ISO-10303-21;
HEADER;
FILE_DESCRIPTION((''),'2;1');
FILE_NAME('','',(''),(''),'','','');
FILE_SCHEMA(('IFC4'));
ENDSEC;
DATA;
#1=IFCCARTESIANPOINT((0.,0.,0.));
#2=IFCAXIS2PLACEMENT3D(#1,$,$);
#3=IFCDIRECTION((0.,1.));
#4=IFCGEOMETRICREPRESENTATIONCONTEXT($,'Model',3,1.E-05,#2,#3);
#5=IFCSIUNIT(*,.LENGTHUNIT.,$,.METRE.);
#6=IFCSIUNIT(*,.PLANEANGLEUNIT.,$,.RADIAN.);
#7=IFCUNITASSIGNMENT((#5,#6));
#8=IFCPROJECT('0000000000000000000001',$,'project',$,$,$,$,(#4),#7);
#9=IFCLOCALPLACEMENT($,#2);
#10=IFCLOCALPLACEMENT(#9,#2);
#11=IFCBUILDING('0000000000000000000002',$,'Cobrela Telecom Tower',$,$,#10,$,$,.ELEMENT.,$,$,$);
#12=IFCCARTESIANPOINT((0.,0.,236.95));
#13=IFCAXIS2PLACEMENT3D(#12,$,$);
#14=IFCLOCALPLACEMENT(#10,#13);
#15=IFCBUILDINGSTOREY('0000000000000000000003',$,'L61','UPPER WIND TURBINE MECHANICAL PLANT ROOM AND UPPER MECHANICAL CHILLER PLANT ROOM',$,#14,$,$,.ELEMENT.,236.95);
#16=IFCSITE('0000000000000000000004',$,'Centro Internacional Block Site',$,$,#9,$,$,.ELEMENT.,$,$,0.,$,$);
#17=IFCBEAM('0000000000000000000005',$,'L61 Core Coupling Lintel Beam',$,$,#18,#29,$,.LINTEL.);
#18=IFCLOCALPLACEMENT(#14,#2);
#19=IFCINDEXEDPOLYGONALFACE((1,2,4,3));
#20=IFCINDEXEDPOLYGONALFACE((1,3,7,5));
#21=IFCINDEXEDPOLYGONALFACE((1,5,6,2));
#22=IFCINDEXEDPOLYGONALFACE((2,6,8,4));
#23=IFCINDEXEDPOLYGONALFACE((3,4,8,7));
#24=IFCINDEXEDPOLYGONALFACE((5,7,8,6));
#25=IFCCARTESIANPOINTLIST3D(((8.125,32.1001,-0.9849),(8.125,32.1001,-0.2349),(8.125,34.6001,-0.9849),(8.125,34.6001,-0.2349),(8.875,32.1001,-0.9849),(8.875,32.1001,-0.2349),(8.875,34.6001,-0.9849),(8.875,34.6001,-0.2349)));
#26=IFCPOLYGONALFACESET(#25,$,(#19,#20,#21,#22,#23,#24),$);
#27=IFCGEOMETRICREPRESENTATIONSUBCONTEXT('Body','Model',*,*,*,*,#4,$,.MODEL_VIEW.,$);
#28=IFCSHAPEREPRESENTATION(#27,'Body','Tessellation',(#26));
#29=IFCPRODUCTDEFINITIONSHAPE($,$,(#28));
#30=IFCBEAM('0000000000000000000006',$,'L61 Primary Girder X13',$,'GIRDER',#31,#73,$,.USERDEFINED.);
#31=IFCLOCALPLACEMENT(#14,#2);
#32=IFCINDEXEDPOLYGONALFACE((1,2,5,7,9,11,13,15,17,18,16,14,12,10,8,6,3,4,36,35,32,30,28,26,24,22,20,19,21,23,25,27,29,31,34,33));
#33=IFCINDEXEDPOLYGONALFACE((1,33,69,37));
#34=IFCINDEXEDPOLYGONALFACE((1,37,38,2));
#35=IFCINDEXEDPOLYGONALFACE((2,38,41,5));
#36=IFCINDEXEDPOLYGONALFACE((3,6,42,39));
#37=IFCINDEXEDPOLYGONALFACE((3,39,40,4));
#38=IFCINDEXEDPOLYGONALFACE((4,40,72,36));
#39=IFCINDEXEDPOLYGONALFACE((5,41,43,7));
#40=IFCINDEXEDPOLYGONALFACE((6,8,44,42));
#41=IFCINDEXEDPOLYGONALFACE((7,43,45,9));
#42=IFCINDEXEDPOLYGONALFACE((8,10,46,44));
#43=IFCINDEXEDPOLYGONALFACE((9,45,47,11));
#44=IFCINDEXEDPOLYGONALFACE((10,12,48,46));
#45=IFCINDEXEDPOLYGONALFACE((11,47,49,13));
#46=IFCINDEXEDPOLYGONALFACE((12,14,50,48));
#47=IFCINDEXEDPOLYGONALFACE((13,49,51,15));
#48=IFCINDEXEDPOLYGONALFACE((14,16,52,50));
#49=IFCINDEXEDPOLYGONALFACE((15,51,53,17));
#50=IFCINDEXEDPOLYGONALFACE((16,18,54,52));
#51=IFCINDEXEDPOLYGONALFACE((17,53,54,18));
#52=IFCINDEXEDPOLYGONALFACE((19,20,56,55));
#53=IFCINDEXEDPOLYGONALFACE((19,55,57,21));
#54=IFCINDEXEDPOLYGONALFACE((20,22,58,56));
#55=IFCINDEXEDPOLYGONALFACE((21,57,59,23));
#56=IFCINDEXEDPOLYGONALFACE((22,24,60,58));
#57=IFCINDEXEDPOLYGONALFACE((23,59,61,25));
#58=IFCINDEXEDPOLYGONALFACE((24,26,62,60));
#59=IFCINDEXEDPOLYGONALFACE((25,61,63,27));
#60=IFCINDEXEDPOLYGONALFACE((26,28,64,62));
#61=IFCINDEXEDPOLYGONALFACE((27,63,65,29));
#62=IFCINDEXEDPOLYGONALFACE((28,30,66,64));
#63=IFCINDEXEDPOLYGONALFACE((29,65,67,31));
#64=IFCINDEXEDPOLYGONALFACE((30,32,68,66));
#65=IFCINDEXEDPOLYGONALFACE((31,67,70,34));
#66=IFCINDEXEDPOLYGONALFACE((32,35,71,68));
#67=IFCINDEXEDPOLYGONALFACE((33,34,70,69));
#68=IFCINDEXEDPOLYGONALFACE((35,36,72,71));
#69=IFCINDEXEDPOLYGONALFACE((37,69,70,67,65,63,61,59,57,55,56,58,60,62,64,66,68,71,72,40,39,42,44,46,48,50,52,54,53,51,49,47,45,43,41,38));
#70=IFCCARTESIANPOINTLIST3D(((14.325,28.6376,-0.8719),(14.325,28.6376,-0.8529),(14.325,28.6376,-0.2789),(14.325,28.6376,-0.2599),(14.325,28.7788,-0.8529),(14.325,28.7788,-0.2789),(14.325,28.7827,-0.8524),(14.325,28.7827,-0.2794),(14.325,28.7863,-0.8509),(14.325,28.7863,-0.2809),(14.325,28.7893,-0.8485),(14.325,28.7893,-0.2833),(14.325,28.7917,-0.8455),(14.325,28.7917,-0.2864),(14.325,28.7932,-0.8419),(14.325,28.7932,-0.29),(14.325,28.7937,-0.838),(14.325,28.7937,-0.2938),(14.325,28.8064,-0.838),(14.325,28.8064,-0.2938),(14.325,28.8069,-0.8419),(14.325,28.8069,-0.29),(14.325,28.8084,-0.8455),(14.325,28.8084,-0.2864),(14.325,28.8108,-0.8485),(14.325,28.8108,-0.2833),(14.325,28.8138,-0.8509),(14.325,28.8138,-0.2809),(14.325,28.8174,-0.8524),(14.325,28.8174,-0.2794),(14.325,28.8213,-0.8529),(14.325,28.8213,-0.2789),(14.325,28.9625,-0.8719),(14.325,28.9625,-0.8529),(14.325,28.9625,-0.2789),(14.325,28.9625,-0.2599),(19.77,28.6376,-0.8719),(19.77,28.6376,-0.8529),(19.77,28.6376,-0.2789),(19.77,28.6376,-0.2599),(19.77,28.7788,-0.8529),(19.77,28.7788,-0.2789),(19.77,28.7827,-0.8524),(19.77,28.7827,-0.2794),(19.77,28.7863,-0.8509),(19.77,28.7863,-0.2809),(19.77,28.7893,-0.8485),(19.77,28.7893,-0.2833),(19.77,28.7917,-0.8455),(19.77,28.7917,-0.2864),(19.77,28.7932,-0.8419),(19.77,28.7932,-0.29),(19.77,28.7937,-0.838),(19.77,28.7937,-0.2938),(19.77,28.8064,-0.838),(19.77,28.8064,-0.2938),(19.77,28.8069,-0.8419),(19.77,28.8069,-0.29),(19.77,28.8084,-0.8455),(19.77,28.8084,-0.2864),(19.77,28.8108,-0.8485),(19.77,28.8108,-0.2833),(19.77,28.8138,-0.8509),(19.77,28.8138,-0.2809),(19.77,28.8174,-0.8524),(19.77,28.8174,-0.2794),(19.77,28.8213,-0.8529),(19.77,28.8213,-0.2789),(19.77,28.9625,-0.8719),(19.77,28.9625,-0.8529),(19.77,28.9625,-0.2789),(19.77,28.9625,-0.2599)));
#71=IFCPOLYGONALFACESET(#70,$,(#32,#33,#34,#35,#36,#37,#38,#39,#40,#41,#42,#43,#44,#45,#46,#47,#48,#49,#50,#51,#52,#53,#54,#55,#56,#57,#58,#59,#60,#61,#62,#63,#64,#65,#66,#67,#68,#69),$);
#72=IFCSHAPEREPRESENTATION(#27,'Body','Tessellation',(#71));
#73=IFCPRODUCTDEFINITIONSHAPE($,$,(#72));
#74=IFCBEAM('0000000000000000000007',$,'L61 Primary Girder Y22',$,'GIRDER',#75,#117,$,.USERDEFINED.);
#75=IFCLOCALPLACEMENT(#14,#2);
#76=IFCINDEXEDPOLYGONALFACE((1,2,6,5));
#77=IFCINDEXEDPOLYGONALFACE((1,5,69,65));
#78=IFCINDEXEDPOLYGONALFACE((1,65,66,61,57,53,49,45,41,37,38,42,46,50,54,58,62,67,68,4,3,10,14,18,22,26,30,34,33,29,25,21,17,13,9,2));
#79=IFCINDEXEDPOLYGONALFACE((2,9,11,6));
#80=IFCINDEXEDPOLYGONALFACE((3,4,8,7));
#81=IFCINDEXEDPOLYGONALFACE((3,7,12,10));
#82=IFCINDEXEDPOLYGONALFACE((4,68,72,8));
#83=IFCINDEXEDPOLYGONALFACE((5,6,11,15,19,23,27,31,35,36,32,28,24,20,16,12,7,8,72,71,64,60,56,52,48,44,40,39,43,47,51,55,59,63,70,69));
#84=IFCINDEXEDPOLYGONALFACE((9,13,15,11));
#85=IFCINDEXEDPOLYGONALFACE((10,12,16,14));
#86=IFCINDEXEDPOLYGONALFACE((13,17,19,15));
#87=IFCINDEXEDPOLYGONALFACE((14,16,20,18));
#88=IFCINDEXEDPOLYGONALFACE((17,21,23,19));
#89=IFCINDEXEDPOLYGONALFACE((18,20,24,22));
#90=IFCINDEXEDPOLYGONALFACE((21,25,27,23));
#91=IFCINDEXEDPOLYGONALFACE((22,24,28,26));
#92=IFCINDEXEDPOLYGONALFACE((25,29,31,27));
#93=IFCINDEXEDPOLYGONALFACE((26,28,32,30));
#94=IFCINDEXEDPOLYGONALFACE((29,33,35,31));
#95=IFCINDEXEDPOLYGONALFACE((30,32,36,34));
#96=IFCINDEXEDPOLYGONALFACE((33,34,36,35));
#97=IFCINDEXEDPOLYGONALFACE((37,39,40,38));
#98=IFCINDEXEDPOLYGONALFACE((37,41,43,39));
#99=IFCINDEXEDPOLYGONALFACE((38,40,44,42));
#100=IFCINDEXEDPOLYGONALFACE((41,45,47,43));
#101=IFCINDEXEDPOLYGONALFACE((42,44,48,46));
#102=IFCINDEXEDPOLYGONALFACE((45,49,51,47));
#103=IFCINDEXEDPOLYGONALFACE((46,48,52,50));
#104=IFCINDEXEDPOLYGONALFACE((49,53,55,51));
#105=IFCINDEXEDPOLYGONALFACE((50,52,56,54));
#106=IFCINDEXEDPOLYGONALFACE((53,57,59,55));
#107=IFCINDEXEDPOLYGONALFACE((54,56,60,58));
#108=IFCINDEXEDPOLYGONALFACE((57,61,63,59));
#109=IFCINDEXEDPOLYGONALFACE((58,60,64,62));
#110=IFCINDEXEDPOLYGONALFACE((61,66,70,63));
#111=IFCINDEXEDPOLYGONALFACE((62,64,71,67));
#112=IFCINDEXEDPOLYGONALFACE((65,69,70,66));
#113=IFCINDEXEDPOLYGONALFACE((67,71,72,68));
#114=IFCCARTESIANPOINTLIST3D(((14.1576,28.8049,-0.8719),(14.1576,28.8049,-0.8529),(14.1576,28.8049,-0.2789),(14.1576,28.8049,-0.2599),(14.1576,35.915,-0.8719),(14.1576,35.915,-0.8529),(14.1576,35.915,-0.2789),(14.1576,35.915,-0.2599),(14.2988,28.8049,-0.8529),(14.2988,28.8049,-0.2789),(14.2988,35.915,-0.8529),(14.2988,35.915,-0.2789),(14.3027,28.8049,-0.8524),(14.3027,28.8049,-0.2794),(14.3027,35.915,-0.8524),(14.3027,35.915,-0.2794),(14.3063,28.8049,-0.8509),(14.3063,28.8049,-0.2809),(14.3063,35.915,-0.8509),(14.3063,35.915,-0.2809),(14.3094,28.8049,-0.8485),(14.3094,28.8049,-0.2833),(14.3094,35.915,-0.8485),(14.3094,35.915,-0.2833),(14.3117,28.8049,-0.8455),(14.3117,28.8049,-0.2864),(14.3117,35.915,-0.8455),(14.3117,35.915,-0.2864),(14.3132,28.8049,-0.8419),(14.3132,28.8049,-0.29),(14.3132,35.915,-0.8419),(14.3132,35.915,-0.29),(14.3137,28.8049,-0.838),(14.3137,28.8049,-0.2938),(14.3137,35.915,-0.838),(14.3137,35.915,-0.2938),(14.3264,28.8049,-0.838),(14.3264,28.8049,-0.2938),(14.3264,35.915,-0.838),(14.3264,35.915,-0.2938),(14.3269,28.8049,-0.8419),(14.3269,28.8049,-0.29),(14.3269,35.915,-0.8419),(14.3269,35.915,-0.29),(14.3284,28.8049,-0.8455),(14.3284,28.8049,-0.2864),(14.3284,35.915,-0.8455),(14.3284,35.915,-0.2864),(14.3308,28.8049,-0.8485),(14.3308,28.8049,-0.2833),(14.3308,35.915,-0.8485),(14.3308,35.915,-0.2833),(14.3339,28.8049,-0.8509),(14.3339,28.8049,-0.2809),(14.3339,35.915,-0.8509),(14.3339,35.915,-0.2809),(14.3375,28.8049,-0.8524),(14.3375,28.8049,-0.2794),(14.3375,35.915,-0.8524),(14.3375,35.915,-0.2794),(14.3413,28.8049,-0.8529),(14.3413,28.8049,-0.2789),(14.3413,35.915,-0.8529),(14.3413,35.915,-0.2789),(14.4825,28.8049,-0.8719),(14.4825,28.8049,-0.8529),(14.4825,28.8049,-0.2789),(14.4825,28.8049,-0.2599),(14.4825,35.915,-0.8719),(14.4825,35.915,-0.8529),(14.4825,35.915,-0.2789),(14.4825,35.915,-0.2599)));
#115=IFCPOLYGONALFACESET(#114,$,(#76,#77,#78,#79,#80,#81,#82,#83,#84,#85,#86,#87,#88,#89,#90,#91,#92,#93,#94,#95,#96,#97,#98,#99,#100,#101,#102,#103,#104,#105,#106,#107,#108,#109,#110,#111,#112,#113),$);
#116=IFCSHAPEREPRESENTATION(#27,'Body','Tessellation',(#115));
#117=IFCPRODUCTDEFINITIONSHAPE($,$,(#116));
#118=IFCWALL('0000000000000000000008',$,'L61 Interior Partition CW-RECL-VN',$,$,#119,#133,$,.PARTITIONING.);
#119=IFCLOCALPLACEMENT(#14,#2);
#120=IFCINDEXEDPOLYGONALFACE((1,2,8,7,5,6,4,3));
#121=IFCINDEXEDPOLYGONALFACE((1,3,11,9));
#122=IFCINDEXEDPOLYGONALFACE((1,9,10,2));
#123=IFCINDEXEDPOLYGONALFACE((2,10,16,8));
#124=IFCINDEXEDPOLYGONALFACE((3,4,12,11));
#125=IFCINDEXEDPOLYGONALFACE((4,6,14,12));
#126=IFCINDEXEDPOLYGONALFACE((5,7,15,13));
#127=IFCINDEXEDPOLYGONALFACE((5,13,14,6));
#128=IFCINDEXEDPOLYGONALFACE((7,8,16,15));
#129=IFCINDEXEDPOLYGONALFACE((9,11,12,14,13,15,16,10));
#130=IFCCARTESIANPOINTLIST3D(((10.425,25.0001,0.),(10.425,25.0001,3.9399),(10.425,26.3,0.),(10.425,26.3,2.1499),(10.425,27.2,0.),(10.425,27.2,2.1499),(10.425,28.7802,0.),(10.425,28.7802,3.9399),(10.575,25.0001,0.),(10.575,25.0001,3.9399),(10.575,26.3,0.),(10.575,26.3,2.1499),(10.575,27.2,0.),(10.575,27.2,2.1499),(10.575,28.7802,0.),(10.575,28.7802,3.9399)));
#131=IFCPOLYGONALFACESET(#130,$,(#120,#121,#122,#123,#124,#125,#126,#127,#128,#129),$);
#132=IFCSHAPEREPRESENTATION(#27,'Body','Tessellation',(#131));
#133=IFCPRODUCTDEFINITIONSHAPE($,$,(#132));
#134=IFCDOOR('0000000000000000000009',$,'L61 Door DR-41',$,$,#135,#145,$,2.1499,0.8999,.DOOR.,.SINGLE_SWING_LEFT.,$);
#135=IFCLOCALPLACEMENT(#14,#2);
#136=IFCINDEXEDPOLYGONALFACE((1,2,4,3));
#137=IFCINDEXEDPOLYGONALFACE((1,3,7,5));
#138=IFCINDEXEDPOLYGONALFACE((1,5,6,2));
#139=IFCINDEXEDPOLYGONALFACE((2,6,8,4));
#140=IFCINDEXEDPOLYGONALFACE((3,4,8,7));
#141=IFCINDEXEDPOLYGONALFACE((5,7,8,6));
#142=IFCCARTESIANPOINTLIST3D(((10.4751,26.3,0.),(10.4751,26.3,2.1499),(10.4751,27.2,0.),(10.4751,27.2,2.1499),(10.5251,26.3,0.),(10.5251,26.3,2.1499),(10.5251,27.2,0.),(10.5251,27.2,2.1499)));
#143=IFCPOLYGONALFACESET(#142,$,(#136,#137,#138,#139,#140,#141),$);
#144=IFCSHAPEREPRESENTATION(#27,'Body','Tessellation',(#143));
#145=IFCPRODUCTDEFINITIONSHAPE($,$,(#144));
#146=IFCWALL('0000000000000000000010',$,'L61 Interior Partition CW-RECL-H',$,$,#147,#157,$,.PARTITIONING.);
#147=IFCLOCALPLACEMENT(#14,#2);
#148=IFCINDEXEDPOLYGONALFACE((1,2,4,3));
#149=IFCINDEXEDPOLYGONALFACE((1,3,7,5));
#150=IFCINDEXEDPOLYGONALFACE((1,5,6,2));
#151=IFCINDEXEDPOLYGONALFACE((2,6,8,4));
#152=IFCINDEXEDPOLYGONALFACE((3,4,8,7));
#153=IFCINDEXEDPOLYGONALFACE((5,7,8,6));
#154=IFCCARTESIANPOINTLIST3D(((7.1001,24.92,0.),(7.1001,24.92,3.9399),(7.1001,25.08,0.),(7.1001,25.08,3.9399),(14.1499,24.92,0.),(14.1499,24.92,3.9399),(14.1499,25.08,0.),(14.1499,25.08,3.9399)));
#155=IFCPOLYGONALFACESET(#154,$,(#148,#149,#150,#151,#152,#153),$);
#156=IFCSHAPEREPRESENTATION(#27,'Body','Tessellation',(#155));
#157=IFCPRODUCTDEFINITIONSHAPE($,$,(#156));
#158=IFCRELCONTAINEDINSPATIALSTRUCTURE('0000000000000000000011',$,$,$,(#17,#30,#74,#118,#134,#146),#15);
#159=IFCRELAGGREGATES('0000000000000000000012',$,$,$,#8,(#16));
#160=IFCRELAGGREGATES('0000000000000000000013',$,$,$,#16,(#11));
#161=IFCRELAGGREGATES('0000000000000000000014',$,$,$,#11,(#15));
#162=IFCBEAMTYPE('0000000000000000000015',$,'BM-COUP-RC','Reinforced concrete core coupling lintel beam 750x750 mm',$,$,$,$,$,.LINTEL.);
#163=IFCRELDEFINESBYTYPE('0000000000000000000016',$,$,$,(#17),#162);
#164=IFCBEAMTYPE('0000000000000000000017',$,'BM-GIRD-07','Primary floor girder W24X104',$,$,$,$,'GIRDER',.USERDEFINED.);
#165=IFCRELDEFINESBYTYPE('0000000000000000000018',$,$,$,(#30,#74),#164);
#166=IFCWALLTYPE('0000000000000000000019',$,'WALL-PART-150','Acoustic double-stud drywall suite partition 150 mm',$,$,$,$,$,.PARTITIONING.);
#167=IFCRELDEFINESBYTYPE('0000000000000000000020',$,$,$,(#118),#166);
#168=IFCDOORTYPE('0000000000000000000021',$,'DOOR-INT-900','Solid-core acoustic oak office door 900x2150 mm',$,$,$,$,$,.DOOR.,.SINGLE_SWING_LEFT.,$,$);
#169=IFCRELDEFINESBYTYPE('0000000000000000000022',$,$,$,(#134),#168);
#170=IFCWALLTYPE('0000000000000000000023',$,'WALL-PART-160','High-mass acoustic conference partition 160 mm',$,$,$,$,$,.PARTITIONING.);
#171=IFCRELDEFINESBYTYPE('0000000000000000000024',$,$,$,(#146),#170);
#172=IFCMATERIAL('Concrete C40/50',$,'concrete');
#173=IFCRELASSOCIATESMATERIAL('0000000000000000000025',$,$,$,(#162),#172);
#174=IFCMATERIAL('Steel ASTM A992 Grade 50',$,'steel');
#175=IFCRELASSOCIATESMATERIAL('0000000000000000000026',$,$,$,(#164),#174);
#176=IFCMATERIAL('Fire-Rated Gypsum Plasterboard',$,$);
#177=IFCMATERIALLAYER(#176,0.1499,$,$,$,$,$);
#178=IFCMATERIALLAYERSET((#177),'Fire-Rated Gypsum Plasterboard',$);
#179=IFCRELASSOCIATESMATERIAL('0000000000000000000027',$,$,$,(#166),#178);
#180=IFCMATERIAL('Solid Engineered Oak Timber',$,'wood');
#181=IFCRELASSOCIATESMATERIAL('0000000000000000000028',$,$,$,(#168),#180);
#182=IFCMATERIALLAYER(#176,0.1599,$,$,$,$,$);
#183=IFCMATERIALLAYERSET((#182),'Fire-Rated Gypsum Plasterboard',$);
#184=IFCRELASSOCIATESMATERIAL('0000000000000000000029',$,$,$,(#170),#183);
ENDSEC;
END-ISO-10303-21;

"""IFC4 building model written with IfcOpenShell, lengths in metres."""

from ifc_helpers import new_model, si_unit, direction, frame, frame_2d, origin, origin_2d, place, context, subcontext, project, spatial, rectangle, i_section, extrude, material, layer, layer_set, material_profile, profile_set, type_object, element, fill, save


model = new_model("IFC4")

# Units and contexts
model_context = context("Model", 3, precision=1e-05, world=origin(), true_north=direction((0.0, 1.0)))
body_context = subcontext(model_context, "Body", "Model", "MODEL_VIEW")
ifc_project = project(units=[si_unit("LENGTHUNIT", "METRE"), si_unit("PLANEANGLEUNIT", "RADIAN")], contexts=[model_context])

# Site, building, storey
site_placement = place(None, origin())
site = spatial("IfcSite", under=ifc_project, at=site_placement, Name="Centro Internacional Block Site", CompositionType="ELEMENT", RefElevation=0.0)
building_placement = place(site_placement, origin())
building = spatial("IfcBuilding", under=site, at=building_placement, Name="Cobrela Telecom Tower", CompositionType="ELEMENT")
storey_placement = place(building_placement, frame((0.0, 0.0, 236.95)))
storey = spatial("IfcBuildingStorey", under=building, at=storey_placement, Name="L61", Description="UPPER WIND TURBINE MECHANICAL PLANT ROOM AND UPPER MECHANICAL CHILLER PLANT ROOM", CompositionType="ELEMENT", Elevation=236.95)

# Beams
ifc_material_1 = material(Name="Concrete C40/50", Category="concrete")
ifc_material_profile_1 = material_profile(ifc_material_1, rectangle(XDim=0.75, YDim=0.75, at=origin_2d()), Name="RC 750x750")
ifc_profile_set_1 = profile_set([ifc_material_profile_1], Name="Concrete C40/50")
beam_type_1 = type_object("IfcBeamType", Name="BM-COUP-RC", Description="Reinforced concrete core coupling lintel beam 750x750 mm", PredefinedType="LINTEL", material=ifc_profile_set_1)
beam_1_placement = place(storey_placement, frame((8.5, 32.1001, -0.6099), z_axis=(0.0, 1.0, 0.0), x_axis=(-1.0, 0.0, 0.0)))
element("IfcBeam", 1, at=beam_1_placement, inside=storey, type_object=beam_type_1, Name="L61 Core Coupling Lintel Beam", PredefinedType="LINTEL", context=body_context, shape_type="SweptSolid", body=[
    extrude(rectangle(XDim=0.75, YDim=0.75, at=origin_2d()), origin(), (0.0, 0.0, 1.0), 2.5),
])
ifc_material_2 = material(Name="Steel ASTM A992 Grade 50", Category="steel")
ifc_material_profile_2 = material_profile(ifc_material_2, i_section(OverallWidth=0.325, OverallDepth=0.6121, WebThickness=0.0127, FlangeThickness=0.019, FilletRadius=0.0149, at=origin_2d()), Name="W24X104")
ifc_profile_set_2 = profile_set([ifc_material_profile_2], Name="Steel ASTM A992 Grade 50")
beam_type_2 = type_object("IfcBeamType", Name="BM-GIRD-07", Description="Primary floor girder W24X104", ElementType="GIRDER", PredefinedType="USERDEFINED", material=ifc_profile_set_2)
beam_2_placement = place(storey_placement, frame((14.325, 28.8, -0.5659), z_axis=(1.0, 0.0, 0.0), x_axis=(0.0, 1.0, 0.0)))
element("IfcBeam", 2, at=beam_2_placement, inside=storey, type_object=beam_type_2, Name="L61 Primary Girder X13", ObjectType="GIRDER", PredefinedType="USERDEFINED", context=body_context, shape_type="SweptSolid", body=[
    extrude(i_section(OverallWidth=0.325, OverallDepth=0.6121, WebThickness=0.0127, FlangeThickness=0.019, FilletRadius=0.0149, at=origin_2d()), origin(), (0.0, 0.0, 1.0), 5.4451),
])
beam_3_placement = place(storey_placement, frame((14.3201, 28.8049, -0.5659), z_axis=(0.0, 1.0, 0.0), x_axis=(-1.0, 0.0, 0.0)))
element("IfcBeam", 3, at=beam_3_placement, inside=storey, type_object=beam_type_2, Name="L61 Primary Girder Y22", ObjectType="GIRDER", PredefinedType="USERDEFINED", context=body_context, shape_type="SweptSolid", body=[
    extrude(i_section(OverallWidth=0.325, OverallDepth=0.6121, WebThickness=0.0127, FlangeThickness=0.019, FilletRadius=0.0149, at=origin_2d()), origin(), (0.0, 0.0, 1.0), 7.1101),
])

# Wall, opening, door
ifc_material_3 = material(Name="Fire-Rated Gypsum Plasterboard")
ifc_layer_1 = layer(ifc_material_3, 0.1499)
ifc_layer_set_1 = layer_set([ifc_layer_1], Name="Fire-Rated Gypsum Plasterboard")
wall_type_1 = type_object("IfcWallType", Name="WALL-PART-150", Description="Acoustic double-stud drywall suite partition 150 mm", PredefinedType="PARTITIONING", material=ifc_layer_set_1)
wall_1_placement = place(storey_placement, frame((10.5, 25.0, 0.0), z_axis=(0.0, 0.0, 1.0), x_axis=(0.0, 1.0, 0.0)))
wall_1 = element("IfcWall", 4, at=wall_1_placement, inside=storey, type_object=wall_type_1, Name="L61 Interior Partition CW-RECL-VN", PredefinedType="PARTITIONING", context=body_context, shape_type="SweptSolid", body=[
    extrude(rectangle(XDim=3.78, YDim=0.1499, at=frame_2d((1.8901, 0.0))), origin(), (0.0, 0.0, 1.0), 3.9399),
])
opening_1_placement = place(wall_1_placement, frame((1.3, 0.0, 0.0)))
opening_1 = element("IfcOpeningElement", 5, at=opening_1_placement, cuts=wall_1, PredefinedType="OPENING", context=body_context, shape_type="SweptSolid", body=[
    extrude(rectangle(XDim=0.8999, YDim=2.1499, at=frame_2d((0.45, 1.075))), frame((0.0, 0.0869, 0.0), z_axis=(0.0, -1.0, 0.0), x_axis=(1.0, 0.0, 0.0)), (0.0, 0.0, 1.0), 0.1738),
])
ifc_material_4 = material(Name="Solid Engineered Oak Timber", Category="wood")
door_type_1 = type_object("IfcDoorType", Name="DOOR-INT-900", Description="Solid-core acoustic oak office door 900x2150 mm", OperationType="SINGLE_SWING_LEFT", PredefinedType="DOOR", material=ifc_material_4)
door_1_placement = place(opening_1_placement, origin())
door_1 = element("IfcDoor", 6, at=door_1_placement, inside=storey, type_object=door_type_1, Name="L61 Door DR-41", OperationType="SINGLE_SWING_LEFT", OverallHeight=2.1499, OverallWidth=0.8999, PredefinedType="DOOR", context=body_context, shape_type="SweptSolid", body=[
    extrude(rectangle(XDim=0.8999, YDim=2.1499, at=frame_2d((0.45, 1.075))), frame((0.0, 0.0249, 0.0), z_axis=(0.0, -1.0, 0.0), x_axis=(1.0, 0.0, 0.0)), (0.0, 0.0, 1.0), 0.05),
])
fill(opening_1, door_1)

# Wall
ifc_layer_2 = layer(ifc_material_3, 0.1599)
ifc_layer_set_2 = layer_set([ifc_layer_2], Name="Fire-Rated Gypsum Plasterboard")
wall_type_2 = type_object("IfcWallType", Name="WALL-PART-160", Description="High-mass acoustic conference partition 160 mm", PredefinedType="PARTITIONING", material=ifc_layer_set_2)
wall_2_placement = place(storey_placement, frame((7.1001, 25.0, 0.0), z_axis=(0.0, 0.0, 1.0), x_axis=(1.0, 0.0, 0.0)))
element("IfcWall", 7, at=wall_2_placement, inside=storey, type_object=wall_type_2, Name="L61 Interior Partition CW-RECL-H", PredefinedType="PARTITIONING", context=body_context, shape_type="SweptSolid", body=[
    extrude(rectangle(XDim=7.0498, YDim=0.1599, at=frame_2d((3.5249, 0.0))), origin(), (0.0, 0.0, 1.0), 3.9399),
])

save(model, "model.ifc")
